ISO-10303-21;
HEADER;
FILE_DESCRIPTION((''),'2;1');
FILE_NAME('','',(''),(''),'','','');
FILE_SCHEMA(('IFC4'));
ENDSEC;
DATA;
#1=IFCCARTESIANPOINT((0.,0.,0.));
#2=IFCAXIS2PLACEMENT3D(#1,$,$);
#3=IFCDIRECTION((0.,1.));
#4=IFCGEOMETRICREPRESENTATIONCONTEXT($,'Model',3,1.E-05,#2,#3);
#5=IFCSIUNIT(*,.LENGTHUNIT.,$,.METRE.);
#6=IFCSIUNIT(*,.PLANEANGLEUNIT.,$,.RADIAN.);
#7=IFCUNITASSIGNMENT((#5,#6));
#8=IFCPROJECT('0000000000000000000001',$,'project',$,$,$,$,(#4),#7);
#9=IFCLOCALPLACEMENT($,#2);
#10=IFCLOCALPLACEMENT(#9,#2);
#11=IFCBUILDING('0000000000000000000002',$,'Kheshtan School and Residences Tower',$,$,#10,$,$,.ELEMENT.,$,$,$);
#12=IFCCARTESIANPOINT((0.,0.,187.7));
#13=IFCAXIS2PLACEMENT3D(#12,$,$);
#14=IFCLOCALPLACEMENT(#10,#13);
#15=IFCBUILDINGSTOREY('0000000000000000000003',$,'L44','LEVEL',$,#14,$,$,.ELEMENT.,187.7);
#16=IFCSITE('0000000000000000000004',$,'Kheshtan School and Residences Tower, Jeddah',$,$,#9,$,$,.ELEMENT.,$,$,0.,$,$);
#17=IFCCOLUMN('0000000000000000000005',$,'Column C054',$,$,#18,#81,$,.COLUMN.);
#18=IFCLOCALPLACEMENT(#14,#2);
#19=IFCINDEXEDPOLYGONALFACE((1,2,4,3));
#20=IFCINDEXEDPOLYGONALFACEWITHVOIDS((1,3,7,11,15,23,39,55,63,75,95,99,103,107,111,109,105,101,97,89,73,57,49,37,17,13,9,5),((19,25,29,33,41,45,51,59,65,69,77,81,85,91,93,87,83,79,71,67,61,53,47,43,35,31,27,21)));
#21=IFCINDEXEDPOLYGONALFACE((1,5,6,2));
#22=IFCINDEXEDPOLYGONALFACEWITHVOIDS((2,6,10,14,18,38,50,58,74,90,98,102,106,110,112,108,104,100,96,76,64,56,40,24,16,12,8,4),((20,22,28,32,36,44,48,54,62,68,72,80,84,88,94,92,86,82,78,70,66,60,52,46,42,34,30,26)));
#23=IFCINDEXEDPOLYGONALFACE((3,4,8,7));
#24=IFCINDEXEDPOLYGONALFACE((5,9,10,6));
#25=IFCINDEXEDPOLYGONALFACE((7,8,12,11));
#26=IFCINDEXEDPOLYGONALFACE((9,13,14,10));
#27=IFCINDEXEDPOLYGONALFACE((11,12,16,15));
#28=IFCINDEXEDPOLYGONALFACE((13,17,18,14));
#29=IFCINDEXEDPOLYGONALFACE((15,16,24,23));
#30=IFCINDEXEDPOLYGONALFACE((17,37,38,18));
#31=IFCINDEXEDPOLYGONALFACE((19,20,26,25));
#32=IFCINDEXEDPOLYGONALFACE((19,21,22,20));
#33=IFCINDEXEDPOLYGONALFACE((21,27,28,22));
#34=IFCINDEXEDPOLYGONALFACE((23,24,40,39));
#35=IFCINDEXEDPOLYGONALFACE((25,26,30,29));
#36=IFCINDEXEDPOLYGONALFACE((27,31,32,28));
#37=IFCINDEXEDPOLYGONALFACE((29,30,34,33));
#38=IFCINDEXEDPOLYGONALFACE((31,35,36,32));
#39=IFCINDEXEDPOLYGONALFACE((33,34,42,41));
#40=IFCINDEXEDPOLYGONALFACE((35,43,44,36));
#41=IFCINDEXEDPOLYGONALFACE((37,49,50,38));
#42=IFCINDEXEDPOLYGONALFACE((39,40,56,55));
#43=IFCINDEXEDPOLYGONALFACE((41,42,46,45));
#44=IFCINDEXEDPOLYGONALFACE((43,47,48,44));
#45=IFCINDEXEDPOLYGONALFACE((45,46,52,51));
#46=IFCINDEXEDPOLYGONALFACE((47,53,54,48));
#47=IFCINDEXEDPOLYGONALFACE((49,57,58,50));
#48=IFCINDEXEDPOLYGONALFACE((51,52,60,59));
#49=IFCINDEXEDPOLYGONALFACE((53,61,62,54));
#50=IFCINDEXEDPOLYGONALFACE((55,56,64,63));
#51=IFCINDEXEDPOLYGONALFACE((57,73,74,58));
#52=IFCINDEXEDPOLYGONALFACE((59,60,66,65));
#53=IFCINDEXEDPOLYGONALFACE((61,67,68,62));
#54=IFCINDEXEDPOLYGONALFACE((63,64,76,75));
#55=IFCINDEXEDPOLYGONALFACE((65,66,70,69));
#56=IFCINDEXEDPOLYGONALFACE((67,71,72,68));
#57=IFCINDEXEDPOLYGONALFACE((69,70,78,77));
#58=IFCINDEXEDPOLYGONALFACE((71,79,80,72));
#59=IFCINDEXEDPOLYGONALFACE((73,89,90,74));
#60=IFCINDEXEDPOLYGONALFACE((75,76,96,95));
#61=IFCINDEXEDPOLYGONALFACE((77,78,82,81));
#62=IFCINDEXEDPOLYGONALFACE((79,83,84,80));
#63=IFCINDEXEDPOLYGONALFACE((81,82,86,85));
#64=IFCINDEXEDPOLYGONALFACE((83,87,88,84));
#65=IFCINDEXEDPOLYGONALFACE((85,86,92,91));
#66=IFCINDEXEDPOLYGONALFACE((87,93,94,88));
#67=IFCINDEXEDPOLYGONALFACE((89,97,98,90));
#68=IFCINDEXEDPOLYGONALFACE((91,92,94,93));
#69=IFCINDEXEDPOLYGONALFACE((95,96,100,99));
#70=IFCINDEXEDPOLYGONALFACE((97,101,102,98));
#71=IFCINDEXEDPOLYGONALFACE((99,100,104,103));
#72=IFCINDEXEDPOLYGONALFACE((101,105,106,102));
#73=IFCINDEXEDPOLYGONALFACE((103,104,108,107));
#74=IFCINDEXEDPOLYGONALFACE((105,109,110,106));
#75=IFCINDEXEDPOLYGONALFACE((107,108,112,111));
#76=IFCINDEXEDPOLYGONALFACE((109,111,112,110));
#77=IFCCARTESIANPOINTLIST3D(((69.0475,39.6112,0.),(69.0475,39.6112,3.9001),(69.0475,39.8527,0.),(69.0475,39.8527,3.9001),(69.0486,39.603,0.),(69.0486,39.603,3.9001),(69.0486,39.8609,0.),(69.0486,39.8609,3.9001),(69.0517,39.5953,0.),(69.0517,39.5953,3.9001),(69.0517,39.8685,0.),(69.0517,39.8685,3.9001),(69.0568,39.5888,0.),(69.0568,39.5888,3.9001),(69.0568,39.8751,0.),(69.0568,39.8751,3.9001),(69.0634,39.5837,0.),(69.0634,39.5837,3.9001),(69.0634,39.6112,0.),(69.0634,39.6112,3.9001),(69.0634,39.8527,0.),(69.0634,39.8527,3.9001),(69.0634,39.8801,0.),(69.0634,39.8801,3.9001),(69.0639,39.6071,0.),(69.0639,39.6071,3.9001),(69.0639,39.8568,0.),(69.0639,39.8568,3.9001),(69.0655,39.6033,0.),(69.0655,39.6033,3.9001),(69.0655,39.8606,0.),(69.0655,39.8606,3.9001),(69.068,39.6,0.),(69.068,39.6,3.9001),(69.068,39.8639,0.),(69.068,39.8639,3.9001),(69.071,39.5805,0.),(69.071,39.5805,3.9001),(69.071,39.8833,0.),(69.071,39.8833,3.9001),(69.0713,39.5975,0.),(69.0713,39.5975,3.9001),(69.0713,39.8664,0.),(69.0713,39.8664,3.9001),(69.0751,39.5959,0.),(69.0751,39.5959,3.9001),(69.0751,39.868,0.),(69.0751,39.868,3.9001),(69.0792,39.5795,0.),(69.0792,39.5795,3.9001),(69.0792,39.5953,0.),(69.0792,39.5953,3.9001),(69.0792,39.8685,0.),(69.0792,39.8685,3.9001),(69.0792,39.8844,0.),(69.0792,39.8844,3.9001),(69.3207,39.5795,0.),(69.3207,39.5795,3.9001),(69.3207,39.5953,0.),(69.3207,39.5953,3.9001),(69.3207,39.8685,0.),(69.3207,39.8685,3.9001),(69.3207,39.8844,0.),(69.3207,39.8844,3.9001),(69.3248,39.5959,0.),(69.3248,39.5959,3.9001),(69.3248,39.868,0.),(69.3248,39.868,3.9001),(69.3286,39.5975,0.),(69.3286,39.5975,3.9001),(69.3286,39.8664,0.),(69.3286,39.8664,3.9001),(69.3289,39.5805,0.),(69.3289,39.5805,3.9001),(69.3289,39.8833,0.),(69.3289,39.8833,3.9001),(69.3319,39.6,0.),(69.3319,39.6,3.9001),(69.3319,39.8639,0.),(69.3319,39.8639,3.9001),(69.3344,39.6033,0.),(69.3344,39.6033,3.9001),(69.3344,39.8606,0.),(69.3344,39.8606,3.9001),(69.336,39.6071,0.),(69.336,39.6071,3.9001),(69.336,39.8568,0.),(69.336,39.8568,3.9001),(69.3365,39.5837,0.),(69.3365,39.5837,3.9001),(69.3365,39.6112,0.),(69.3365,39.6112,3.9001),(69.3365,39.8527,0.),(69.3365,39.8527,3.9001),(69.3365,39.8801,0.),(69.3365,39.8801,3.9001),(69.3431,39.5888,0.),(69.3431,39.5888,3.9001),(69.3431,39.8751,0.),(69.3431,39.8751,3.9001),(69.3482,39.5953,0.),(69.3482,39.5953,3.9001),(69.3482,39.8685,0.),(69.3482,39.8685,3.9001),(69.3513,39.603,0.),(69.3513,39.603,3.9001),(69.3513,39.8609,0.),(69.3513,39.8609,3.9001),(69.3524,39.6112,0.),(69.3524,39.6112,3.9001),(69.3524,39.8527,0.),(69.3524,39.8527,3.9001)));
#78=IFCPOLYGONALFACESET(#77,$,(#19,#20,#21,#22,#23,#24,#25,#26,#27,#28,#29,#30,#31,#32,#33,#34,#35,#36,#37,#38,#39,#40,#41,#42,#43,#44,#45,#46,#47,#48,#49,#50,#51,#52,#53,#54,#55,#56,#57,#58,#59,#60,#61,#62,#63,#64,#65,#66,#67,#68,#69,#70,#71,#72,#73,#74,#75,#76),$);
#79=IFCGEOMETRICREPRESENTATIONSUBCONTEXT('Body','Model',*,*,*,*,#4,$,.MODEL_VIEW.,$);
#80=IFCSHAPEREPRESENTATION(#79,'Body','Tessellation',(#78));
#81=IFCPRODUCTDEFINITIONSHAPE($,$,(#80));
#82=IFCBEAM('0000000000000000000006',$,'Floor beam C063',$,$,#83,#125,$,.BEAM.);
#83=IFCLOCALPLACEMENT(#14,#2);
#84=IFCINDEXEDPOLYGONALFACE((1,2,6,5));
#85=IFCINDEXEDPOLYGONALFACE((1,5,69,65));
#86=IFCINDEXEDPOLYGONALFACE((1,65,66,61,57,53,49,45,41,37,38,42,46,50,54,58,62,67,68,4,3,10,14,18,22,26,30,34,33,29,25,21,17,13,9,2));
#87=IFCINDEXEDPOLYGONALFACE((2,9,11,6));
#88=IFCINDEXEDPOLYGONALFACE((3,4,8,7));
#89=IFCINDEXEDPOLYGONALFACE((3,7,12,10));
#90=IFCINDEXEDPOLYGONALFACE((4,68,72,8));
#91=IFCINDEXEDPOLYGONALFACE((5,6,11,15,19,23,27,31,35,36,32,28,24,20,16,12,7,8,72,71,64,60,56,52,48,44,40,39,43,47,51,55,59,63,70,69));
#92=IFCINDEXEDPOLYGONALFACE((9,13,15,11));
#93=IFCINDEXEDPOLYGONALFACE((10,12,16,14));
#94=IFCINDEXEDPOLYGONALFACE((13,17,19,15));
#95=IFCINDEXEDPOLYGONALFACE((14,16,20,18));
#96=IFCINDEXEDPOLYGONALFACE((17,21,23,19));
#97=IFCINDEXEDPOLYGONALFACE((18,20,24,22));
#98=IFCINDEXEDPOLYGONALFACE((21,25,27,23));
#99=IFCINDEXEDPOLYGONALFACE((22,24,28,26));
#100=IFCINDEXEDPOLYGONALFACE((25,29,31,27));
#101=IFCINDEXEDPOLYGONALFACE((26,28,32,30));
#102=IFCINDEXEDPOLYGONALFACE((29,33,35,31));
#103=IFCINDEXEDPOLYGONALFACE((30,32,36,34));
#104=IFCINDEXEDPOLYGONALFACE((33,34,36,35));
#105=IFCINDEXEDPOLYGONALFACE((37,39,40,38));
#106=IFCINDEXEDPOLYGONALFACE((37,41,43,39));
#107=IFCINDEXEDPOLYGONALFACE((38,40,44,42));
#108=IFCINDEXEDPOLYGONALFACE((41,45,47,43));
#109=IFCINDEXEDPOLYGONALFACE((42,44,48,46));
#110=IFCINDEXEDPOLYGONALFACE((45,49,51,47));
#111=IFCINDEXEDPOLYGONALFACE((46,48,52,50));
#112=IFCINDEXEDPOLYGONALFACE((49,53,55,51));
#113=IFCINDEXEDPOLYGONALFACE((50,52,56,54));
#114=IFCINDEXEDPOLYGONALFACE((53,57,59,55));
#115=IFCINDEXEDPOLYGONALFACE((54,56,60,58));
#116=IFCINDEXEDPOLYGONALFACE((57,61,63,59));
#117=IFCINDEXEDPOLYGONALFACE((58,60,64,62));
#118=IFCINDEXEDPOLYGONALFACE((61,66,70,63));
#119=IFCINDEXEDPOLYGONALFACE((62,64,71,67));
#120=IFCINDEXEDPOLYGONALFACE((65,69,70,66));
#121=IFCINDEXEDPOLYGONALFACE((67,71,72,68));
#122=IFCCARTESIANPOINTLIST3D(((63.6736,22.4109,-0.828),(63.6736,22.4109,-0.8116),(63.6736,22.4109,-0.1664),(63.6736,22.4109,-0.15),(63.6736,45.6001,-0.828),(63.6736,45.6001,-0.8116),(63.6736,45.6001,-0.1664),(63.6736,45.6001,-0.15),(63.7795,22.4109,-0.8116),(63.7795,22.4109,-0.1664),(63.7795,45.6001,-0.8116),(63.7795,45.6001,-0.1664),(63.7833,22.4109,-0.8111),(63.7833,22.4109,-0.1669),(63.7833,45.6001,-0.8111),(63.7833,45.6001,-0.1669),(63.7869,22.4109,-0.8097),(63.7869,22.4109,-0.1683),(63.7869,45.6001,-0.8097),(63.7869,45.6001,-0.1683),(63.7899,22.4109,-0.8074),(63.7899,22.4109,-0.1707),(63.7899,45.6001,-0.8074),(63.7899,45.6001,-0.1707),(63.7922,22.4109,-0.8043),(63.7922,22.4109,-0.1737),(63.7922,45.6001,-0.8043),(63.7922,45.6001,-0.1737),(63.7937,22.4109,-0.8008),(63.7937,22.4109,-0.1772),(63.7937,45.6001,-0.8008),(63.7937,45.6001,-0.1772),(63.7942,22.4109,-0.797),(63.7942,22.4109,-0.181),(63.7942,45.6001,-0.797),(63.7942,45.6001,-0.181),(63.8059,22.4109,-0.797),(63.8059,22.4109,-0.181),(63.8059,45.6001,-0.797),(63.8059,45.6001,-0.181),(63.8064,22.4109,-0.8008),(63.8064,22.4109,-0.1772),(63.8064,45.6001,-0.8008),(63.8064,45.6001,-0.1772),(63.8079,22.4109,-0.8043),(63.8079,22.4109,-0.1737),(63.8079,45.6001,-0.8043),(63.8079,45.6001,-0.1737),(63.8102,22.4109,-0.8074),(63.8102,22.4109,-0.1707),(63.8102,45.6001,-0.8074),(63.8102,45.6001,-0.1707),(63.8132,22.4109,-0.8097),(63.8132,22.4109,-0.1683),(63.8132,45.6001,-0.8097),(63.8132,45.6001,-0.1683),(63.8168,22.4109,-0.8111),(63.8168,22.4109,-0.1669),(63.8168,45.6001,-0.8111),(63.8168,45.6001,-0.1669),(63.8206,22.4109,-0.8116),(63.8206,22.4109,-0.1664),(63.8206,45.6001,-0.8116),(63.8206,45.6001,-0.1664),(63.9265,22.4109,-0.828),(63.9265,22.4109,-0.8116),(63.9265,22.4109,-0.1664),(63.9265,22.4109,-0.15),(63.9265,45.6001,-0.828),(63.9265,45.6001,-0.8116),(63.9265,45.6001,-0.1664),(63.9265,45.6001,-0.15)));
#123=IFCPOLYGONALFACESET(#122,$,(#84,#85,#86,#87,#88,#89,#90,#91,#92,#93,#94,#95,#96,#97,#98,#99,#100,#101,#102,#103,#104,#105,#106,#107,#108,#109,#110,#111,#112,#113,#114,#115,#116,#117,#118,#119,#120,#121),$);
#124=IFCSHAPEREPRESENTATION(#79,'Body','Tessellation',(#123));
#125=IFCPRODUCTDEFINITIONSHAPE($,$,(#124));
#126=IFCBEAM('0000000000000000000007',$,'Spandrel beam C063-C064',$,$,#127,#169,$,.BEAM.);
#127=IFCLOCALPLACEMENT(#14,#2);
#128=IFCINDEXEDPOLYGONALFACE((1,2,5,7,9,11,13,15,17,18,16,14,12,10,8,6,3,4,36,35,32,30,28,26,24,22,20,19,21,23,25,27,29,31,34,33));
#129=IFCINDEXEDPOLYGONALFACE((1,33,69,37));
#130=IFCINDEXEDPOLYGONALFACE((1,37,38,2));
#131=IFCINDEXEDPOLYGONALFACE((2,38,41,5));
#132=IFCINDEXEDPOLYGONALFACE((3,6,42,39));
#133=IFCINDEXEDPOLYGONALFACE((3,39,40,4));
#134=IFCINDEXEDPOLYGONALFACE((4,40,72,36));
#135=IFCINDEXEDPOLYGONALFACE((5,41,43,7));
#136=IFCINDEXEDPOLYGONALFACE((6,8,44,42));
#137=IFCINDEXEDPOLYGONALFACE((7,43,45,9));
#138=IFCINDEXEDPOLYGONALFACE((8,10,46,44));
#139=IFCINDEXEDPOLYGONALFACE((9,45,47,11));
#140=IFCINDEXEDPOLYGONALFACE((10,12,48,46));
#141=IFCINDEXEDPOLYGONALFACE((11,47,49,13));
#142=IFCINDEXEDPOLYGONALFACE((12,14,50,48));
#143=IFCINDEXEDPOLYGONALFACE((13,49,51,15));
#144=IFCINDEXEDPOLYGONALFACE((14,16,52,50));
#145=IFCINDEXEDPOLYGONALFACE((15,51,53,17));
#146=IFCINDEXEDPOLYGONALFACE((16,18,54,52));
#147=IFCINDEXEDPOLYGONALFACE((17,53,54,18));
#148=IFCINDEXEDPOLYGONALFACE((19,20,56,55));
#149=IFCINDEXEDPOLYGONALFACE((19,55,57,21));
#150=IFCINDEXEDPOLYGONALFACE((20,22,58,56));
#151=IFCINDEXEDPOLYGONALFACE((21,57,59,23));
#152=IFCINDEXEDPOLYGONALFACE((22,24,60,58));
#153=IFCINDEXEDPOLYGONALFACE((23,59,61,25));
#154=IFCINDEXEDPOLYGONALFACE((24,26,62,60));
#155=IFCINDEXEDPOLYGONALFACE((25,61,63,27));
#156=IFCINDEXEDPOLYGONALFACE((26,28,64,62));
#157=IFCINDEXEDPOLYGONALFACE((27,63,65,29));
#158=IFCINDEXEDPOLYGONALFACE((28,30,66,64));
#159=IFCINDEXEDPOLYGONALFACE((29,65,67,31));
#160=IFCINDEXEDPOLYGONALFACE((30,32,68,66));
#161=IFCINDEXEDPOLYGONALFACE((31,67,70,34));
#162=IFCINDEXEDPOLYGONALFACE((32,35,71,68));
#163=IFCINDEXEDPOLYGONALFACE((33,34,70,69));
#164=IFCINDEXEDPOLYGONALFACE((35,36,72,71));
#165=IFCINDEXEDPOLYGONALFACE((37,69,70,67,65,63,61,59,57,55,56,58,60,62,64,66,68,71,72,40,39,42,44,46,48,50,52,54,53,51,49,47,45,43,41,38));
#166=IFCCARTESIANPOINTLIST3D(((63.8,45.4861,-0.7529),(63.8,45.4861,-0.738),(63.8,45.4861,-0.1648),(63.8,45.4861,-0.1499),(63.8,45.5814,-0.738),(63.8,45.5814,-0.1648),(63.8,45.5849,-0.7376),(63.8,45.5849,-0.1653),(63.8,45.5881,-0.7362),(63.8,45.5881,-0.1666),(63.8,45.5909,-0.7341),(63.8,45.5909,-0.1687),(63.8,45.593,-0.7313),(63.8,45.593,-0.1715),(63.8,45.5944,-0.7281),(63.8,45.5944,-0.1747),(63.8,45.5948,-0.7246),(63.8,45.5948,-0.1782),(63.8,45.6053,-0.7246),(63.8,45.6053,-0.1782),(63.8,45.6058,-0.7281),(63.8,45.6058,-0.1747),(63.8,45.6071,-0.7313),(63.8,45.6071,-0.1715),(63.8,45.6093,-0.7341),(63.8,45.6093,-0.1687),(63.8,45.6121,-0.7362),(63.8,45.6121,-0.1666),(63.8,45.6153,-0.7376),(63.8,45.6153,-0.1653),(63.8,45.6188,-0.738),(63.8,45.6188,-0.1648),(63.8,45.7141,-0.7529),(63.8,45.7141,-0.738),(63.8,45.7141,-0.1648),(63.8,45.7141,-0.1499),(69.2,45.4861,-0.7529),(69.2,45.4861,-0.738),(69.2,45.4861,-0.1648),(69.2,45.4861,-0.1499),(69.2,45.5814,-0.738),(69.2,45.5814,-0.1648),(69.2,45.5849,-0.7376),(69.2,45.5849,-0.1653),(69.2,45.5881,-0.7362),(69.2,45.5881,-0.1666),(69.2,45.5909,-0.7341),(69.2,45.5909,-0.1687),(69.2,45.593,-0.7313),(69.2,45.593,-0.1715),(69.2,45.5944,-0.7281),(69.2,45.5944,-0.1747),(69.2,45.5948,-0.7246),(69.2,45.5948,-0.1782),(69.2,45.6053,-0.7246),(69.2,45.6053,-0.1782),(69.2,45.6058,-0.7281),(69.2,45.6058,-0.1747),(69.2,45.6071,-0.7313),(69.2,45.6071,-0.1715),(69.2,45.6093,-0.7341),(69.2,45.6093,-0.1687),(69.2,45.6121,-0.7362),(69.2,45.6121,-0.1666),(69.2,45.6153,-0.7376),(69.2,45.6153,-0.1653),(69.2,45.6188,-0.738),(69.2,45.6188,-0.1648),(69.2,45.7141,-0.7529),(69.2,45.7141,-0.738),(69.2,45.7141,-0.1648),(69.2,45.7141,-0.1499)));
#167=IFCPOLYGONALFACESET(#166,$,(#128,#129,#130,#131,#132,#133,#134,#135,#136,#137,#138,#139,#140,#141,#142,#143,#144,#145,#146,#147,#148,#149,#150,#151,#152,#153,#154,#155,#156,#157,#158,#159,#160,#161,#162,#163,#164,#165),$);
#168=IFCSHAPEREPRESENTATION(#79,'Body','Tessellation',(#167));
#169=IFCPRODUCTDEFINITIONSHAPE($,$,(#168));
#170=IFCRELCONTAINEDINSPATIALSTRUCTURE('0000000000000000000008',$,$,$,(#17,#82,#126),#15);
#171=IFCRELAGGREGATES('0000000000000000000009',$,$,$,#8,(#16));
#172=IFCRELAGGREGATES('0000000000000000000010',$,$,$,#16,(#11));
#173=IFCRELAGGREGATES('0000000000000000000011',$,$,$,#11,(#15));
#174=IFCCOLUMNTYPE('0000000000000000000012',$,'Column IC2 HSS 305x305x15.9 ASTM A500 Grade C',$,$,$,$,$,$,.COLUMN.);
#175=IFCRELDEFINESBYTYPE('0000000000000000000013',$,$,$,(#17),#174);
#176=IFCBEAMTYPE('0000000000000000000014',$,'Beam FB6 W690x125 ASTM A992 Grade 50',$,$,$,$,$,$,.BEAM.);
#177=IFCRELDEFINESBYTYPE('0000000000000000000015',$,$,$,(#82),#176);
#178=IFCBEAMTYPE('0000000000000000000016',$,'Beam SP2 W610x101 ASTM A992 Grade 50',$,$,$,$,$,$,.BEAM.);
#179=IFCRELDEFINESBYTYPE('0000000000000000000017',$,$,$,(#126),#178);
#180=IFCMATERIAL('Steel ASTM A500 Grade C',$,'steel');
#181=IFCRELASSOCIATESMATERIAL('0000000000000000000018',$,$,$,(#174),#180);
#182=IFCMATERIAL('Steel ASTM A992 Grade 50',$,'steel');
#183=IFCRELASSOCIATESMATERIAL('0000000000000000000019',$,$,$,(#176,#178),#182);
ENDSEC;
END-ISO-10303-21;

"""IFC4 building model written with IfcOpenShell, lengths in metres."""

from ifc_helpers import new_model, si_unit, direction, frame, origin, origin_2d, place, context, subcontext, project, spatial, hollow_rectangle, i_section, extrude, material, material_profile, profile_set, type_object, element, save


model = new_model("IFC4")

# Units and contexts
model_context = context("Model", 3, precision=1e-05, world=origin(), true_north=direction((0.0, 1.0)))
body_context = subcontext(model_context, "Body", "Model", "MODEL_VIEW")
ifc_project = project(units=[si_unit("LENGTHUNIT", "METRE"), si_unit("PLANEANGLEUNIT", "RADIAN")], contexts=[model_context])

# Site, building, storey
site_placement = place(None, origin())
site = spatial("IfcSite", under=ifc_project, at=site_placement, Name="Kheshtan School and Residences Tower, Jeddah", CompositionType="ELEMENT", RefElevation=0.0)
building_placement = place(site_placement, origin())
building = spatial("IfcBuilding", under=site, at=building_placement, Name="Kheshtan School and Residences Tower", CompositionType="ELEMENT")
storey_placement = place(building_placement, frame((0.0, 0.0, 187.7)))
storey = spatial("IfcBuildingStorey", under=building, at=storey_placement, Name="L44", Description="LEVEL", CompositionType="ELEMENT", Elevation=187.7)

# Column
ifc_material_1 = material(Name="Steel ASTM A992 Grade 50", Category="steel")
ifc_material_2 = material(Name="Steel ASTM A500 Grade C", Category="steel")
ifc_material_profile_1 = material_profile(ifc_material_2, hollow_rectangle(XDim=0.3049, YDim=0.3049, WallThickness=0.0159, InnerFilletRadius=0.0159, OuterFilletRadius=0.0317, at=origin_2d()), Name="HSS 305x305x15.9")
ifc_profile_set_1 = profile_set([ifc_material_profile_1], Name="Steel ASTM A500 Grade C")
column_type_1 = type_object("IfcColumnType", Name="Column IC2 HSS 305x305x15.9 ASTM A500 Grade C", PredefinedType="COLUMN", material=ifc_profile_set_1)
column_placement = place(storey_placement, frame((69.2, 39.7319, 0.0), z_axis=(0.0, 0.0, 1.0), x_axis=(1.0, 0.0, 0.0)))
element("IfcColumn", 1, at=column_placement, inside=storey, type_object=column_type_1, Name="Column C054", PredefinedType="COLUMN", context=body_context, shape_type="SweptSolid", body=[
    extrude(hollow_rectangle(XDim=0.3049, YDim=0.3049, WallThickness=0.0159, InnerFilletRadius=0.0159, OuterFilletRadius=0.0317, at=origin_2d()), origin(), (0.0, 0.0, 1.0), 3.9001),
])

# Beams
ifc_material_profile_2 = material_profile(ifc_material_1, i_section(OverallWidth=0.2529, OverallDepth=0.678, WebThickness=0.0117, FlangeThickness=0.0164, FilletRadius=0.0146, at=origin_2d()), Name="W690x125")
ifc_profile_set_2 = profile_set([ifc_material_profile_2], Name="Steel ASTM A992 Grade 50")
beam_type_1 = type_object("IfcBeamType", Name="Beam FB6 W690x125 ASTM A992 Grade 50", PredefinedType="BEAM", material=ifc_profile_set_2)
beam_1_placement = place(storey_placement, frame((63.8, 45.6001, -0.489), z_axis=(0.0, -1.0, 0.0), x_axis=(1.0, 0.0, 0.0)))
element("IfcBeam", 2, at=beam_1_placement, inside=storey, type_object=beam_type_1, Name="Floor beam C063", PredefinedType="BEAM", context=body_context, shape_type="SweptSolid", body=[
    extrude(i_section(OverallWidth=0.2529, OverallDepth=0.678, WebThickness=0.0117, FlangeThickness=0.0164, FilletRadius=0.0146, at=origin_2d()), origin(), (0.0, 0.0, 1.0), 23.1892),
])
ifc_material_profile_3 = material_profile(ifc_material_1, i_section(OverallWidth=0.228, OverallDepth=0.603, WebThickness=0.0105, FlangeThickness=0.0149, FilletRadius=0.0134, at=origin_2d()), Name="W610x101")
ifc_profile_set_3 = profile_set([ifc_material_profile_3], Name="Steel ASTM A992 Grade 50")
beam_type_2 = type_object("IfcBeamType", Name="Beam SP2 W610x101 ASTM A992 Grade 50", PredefinedType="BEAM", material=ifc_profile_set_3)
beam_2_placement = place(storey_placement, frame((63.8, 45.6001, -0.4514), z_axis=(1.0, 0.0, 0.0), x_axis=(0.0, 1.0, 0.0)))
element("IfcBeam", 3, at=beam_2_placement, inside=storey, type_object=beam_type_2, Name="Spandrel beam C063-C064", PredefinedType="BEAM", context=body_context, shape_type="SweptSolid", body=[
    extrude(i_section(OverallWidth=0.228, OverallDepth=0.603, WebThickness=0.0105, FlangeThickness=0.0149, FilletRadius=0.0134, at=origin_2d()), origin(), (0.0, 0.0, 1.0), 5.3999),
])

save(model, "model.ifc")
